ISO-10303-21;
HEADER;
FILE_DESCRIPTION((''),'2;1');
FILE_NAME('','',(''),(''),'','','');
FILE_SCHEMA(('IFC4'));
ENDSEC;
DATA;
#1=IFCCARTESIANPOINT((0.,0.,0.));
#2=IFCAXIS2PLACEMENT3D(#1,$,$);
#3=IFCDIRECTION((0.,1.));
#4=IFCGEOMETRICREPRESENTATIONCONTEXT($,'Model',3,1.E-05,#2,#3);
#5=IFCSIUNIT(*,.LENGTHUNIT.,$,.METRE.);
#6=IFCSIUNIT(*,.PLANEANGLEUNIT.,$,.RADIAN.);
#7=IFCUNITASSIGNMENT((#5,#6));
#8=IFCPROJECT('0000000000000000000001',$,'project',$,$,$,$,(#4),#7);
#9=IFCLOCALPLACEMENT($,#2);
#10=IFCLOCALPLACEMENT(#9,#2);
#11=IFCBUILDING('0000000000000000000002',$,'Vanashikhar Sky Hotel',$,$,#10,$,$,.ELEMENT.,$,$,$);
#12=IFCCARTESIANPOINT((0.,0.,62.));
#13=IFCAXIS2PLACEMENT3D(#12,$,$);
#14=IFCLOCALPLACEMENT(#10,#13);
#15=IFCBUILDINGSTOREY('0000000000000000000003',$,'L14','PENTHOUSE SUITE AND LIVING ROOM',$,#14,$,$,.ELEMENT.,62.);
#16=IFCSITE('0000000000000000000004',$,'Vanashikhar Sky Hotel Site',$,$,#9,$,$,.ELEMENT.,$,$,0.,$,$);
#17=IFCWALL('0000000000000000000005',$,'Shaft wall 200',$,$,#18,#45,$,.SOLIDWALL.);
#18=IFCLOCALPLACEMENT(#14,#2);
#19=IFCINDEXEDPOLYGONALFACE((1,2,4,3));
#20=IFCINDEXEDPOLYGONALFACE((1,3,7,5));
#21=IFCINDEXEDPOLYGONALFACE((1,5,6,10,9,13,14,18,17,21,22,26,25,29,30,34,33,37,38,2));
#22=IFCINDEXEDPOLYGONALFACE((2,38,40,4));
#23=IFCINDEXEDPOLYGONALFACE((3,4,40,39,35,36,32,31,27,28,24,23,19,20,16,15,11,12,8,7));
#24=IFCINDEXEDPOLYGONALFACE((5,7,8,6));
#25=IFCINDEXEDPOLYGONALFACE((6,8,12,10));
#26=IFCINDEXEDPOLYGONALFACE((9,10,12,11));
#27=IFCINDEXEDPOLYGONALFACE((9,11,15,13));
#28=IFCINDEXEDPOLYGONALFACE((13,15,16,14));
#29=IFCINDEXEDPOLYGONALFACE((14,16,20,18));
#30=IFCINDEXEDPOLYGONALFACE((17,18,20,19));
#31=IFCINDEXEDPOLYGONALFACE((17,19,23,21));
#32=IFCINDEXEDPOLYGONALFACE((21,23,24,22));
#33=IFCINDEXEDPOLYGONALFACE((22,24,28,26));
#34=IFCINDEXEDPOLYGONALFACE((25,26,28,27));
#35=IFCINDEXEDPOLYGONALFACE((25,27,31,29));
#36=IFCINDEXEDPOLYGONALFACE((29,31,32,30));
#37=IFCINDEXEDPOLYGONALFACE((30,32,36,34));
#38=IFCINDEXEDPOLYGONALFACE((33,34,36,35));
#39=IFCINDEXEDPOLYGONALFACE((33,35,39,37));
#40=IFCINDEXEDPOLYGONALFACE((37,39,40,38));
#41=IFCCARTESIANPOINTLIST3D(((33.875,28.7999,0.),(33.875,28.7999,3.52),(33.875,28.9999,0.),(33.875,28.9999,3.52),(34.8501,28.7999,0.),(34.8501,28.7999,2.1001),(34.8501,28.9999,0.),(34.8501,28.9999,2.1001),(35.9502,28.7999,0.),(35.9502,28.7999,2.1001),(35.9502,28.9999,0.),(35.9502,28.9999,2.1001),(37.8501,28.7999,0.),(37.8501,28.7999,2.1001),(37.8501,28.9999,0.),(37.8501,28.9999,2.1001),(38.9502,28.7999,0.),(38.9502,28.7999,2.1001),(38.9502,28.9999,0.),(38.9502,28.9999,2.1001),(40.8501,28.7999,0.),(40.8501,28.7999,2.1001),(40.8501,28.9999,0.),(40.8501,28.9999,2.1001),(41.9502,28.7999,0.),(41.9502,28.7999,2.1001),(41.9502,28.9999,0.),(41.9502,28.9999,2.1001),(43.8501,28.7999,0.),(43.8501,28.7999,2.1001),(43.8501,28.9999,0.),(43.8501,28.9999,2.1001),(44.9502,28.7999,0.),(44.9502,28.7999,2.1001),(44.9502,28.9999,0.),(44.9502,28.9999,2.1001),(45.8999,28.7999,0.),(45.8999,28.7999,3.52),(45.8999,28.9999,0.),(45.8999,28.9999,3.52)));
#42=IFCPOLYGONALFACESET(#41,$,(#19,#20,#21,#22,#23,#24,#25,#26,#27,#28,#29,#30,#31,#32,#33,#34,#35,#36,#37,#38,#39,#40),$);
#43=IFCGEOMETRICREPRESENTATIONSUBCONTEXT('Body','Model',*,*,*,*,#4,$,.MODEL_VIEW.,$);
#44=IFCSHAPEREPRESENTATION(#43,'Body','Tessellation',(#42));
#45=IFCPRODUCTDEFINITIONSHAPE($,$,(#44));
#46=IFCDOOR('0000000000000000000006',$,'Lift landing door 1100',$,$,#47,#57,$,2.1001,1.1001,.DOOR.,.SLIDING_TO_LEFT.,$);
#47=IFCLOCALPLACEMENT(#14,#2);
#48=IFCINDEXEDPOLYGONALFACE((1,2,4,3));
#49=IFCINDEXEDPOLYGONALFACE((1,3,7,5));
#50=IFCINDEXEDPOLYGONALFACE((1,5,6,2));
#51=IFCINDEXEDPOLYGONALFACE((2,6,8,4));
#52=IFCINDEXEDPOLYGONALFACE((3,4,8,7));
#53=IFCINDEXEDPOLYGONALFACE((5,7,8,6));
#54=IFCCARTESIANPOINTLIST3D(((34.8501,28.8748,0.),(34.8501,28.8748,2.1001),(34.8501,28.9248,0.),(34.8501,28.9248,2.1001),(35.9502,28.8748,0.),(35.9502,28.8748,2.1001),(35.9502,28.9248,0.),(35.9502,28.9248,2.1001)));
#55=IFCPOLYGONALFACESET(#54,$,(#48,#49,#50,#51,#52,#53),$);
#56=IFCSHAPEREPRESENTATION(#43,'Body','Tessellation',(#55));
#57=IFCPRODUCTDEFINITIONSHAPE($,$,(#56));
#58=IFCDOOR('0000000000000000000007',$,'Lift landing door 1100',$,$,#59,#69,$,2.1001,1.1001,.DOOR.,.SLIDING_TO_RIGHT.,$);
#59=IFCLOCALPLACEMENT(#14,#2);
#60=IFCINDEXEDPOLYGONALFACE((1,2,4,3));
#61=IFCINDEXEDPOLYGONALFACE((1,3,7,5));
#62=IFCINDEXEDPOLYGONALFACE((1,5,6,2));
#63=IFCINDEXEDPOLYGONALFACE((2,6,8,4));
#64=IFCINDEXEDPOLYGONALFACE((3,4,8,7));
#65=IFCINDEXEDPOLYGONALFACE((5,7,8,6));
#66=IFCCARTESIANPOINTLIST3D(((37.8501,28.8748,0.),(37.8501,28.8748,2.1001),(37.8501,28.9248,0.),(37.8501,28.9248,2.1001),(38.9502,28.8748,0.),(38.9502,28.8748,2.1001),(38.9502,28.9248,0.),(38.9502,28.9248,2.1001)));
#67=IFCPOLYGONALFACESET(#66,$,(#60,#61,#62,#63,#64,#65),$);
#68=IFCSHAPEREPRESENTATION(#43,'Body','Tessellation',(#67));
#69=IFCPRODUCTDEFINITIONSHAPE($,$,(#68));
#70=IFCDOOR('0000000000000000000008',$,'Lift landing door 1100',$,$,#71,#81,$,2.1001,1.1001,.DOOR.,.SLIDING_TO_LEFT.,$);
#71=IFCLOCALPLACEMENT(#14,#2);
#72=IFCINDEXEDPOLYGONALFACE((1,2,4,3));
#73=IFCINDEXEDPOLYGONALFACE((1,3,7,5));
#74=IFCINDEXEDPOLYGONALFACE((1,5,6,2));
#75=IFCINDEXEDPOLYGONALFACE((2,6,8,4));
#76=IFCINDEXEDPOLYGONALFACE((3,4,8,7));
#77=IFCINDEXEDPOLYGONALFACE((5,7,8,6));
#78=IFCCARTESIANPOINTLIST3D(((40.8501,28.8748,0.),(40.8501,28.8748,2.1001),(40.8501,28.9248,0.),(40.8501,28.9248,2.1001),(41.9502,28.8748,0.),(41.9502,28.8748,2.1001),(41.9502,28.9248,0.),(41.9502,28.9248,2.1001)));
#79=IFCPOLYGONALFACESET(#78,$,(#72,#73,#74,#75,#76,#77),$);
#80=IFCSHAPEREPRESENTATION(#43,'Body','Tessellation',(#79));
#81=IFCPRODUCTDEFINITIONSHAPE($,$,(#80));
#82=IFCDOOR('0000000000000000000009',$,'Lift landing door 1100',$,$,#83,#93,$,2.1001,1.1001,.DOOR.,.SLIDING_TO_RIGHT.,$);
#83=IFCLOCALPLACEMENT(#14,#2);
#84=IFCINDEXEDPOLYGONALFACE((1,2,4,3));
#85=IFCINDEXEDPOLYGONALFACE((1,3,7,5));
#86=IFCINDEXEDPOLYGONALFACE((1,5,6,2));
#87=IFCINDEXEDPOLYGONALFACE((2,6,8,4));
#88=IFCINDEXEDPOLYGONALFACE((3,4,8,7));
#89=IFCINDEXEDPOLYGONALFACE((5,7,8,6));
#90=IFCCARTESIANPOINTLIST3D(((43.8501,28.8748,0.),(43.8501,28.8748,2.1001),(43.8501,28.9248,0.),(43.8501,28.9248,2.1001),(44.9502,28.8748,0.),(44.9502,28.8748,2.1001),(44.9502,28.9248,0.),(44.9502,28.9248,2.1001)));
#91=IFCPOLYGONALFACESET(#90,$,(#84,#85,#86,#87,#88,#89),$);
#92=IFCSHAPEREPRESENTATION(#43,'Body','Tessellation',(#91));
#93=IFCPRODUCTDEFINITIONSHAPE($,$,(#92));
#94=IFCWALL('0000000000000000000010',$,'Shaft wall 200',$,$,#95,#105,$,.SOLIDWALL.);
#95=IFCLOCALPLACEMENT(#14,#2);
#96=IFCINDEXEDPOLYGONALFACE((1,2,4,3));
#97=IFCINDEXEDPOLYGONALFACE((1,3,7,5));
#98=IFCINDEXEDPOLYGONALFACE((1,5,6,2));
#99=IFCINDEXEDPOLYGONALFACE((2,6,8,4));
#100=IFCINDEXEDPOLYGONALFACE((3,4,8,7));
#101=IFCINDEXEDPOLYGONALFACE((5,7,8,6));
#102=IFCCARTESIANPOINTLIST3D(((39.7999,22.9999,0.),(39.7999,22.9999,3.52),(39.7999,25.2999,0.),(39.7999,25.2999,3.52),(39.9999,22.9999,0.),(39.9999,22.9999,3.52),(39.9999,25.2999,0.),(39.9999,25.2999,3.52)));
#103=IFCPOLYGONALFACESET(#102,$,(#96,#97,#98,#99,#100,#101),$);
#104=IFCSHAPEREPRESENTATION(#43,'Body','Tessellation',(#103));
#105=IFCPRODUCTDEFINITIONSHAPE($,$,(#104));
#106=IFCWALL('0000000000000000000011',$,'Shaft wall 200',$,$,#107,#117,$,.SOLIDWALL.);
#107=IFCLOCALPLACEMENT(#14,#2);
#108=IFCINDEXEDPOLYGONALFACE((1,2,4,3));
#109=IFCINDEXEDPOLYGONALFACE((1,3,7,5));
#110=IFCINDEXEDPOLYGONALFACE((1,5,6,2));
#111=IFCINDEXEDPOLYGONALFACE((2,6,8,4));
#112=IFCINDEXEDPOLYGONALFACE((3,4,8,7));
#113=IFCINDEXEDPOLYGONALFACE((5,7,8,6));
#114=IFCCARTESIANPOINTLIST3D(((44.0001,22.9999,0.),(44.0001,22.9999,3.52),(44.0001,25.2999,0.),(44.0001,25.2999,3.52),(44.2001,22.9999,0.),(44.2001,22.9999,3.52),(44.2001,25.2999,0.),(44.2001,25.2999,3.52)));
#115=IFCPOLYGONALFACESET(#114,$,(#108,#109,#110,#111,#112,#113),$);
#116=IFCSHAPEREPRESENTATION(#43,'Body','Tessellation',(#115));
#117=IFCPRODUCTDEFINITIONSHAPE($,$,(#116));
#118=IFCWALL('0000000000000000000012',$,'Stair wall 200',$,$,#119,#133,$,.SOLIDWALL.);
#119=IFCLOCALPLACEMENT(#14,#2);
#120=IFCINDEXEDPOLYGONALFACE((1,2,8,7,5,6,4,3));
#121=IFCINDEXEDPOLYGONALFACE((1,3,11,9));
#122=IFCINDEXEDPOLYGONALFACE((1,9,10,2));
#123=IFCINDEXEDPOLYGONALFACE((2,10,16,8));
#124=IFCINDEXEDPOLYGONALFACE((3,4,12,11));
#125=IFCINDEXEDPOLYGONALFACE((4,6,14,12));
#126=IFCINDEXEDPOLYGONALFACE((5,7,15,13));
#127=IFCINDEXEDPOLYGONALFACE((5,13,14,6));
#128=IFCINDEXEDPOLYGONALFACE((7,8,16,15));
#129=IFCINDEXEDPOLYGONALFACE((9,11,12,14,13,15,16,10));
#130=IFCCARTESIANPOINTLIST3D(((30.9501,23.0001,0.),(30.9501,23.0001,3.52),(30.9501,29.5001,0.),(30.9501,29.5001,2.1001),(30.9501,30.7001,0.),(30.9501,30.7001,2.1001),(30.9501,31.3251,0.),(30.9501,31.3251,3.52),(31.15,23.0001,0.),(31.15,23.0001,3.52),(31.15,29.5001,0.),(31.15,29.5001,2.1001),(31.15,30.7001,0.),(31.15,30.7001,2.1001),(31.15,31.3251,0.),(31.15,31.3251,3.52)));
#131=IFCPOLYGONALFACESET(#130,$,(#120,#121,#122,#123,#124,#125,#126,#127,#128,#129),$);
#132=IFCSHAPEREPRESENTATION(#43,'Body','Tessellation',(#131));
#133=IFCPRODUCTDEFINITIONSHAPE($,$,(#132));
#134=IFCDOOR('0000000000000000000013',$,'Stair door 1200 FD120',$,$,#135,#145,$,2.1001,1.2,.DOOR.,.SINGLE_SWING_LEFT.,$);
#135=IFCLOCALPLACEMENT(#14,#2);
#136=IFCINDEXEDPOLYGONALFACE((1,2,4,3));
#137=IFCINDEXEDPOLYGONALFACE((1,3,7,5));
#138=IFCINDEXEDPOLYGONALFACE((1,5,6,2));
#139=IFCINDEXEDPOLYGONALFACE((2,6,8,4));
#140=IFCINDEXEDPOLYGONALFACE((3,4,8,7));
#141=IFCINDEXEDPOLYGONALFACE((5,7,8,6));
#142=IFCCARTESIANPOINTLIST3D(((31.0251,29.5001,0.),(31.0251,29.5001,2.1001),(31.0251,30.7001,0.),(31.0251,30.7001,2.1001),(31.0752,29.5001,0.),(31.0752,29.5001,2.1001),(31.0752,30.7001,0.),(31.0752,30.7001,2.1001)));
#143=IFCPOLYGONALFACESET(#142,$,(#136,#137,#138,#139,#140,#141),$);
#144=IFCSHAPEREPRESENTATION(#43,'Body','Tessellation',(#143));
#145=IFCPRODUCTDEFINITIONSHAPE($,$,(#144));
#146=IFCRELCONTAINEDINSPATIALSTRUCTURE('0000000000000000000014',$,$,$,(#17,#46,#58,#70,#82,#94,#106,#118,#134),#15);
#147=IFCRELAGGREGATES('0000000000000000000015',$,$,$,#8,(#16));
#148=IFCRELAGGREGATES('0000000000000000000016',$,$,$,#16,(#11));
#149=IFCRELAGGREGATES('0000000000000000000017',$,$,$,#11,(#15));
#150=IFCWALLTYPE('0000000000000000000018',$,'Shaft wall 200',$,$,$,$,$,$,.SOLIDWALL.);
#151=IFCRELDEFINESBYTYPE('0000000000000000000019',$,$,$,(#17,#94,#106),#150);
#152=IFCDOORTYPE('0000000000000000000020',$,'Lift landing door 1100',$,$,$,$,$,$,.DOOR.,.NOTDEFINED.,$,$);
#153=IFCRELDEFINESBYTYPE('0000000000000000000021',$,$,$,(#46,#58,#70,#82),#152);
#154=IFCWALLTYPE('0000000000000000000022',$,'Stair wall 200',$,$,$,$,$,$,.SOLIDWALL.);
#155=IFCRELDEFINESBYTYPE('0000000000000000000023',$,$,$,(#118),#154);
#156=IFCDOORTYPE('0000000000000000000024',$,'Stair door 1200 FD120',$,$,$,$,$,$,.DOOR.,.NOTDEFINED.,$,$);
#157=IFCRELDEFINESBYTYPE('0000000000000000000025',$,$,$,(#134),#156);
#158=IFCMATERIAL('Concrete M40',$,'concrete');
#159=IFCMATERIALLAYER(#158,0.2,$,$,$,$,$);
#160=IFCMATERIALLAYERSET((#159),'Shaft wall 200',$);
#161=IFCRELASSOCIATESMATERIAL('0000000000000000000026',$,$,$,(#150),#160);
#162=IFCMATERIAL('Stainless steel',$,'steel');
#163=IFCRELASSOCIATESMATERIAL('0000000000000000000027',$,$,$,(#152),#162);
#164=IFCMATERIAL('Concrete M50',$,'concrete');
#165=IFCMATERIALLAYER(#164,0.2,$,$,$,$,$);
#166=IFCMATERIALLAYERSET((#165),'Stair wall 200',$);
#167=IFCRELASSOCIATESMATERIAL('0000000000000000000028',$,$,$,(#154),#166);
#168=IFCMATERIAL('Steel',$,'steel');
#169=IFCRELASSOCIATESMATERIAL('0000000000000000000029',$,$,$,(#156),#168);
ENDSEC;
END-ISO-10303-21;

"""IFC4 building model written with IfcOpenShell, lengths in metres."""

from ifc_helpers import new_model, si_unit, direction, frame, frame_2d, origin, place, context, subcontext, project, spatial, rectangle, extrude, source, transform, mapped, material, layer, layer_set, type_object, element, fill, save


model = new_model("IFC4")

# Units and contexts
model_context = context("Model", 3, precision=1e-05, world=origin(), true_north=direction((0.0, 1.0)))
body_context = subcontext(model_context, "Body", "Model", "MODEL_VIEW")
ifc_project = project(units=[si_unit("LENGTHUNIT", "METRE"), si_unit("PLANEANGLEUNIT", "RADIAN")], contexts=[model_context])

# Site, building, storey
site_placement = place(None, origin())
site = spatial("IfcSite", under=ifc_project, at=site_placement, Name="Vanashikhar Sky Hotel Site", CompositionType="ELEMENT", RefElevation=0.0)
building_placement = place(site_placement, origin())
building = spatial("IfcBuilding", under=site, at=building_placement, Name="Vanashikhar Sky Hotel", CompositionType="ELEMENT")
storey_placement = place(building_placement, frame((0.0, 0.0, 62.0)))
storey = spatial("IfcBuildingStorey", under=building, at=storey_placement, Name="L14", Description="PENTHOUSE SUITE AND LIVING ROOM", CompositionType="ELEMENT", Elevation=62.0)

# Shared definitions
ifc_material_1 = material(Name="Steel", Category="steel")
shared_shape_1 = source(origin(), body_context, "Body", "SweptSolid", [
    extrude(rectangle(XDim=1.1001, YDim=2.1001, at=frame_2d((0.55, 1.05))), frame((0.0, 0.0249, 0.0), z_axis=(0.0, -1.0, 0.0), x_axis=(1.0, 0.0, 0.0)), (0.0, 0.0, 1.0), 0.05),
])

# Wall, openings, doors
ifc_material_2 = material(Name="Concrete M40", Category="concrete")
ifc_layer_1 = layer(ifc_material_2, 0.2)
ifc_layer_set_1 = layer_set([ifc_layer_1], Name="Shaft wall 200")
wall_type_1 = type_object("IfcWallType", Name="Shaft wall 200", PredefinedType="SOLIDWALL", material=ifc_layer_set_1)
shared_shape_2 = source(origin(), body_context, "Body", "SweptSolid", [
    extrude(rectangle(XDim=1.1001, YDim=2.1001, at=frame_2d((0.55, 1.05))), frame((0.0, 0.1099, 0.0), z_axis=(0.0, -1.0, 0.0), x_axis=(1.0, 0.0, 0.0)), (0.0, 0.0, 1.0), 0.22),
])
ifc_material_3 = material(Name="Stainless steel", Category="steel")
door_type_1 = type_object("IfcDoorType", Name="Lift landing door 1100", OperationType="NOTDEFINED", PredefinedType="DOOR", material=ifc_material_3)
shared_shape_3 = source(origin(), body_context, "Body", "SweptSolid", [
    extrude(rectangle(XDim=12.0249, YDim=0.2, at=frame_2d((6.0125, 0.0))), origin(), (0.0, 0.0, 1.0), 3.52),
])
wall_1_placement = place(storey_placement, frame((33.875, 28.8999, 0.0), z_axis=(0.0, 0.0, 1.0), x_axis=(1.0, 0.0, 0.0)))
wall_1 = element("IfcWall", 1, at=wall_1_placement, inside=storey, type_object=wall_type_1, Name="Shaft wall 200", PredefinedType="SOLIDWALL", context=body_context, shape_type="MappedRepresentation", body=[
    mapped(shared_shape_3, transform((0.0, 0.0, 0.0), scale=1.0)),
])
opening_1_placement = place(wall_1_placement, frame((0.9751, 0.0, 0.0)))
opening_1 = element("IfcOpeningElement", 2, at=opening_1_placement, cuts=wall_1, PredefinedType="OPENING", context=body_context, shape_type="MappedRepresentation", body=[
    mapped(shared_shape_2, transform((0.0, 0.0, 0.0), scale=1.0)),
])
opening_2_placement = place(wall_1_placement, frame((3.9751, 0.0, 0.0)))
opening_2 = element("IfcOpeningElement", 3, at=opening_2_placement, cuts=wall_1, PredefinedType="OPENING", context=body_context, shape_type="MappedRepresentation", body=[
    mapped(shared_shape_2, transform((0.0, 0.0, 0.0), scale=1.0)),
])
opening_3_placement = place(wall_1_placement, frame((6.9751, 0.0, 0.0)))
opening_3 = element("IfcOpeningElement", 4, at=opening_3_placement, cuts=wall_1, PredefinedType="OPENING", context=body_context, shape_type="MappedRepresentation", body=[
    mapped(shared_shape_2, transform((0.0, 0.0, 0.0), scale=1.0)),
])
opening_4_placement = place(wall_1_placement, frame((9.9751, 0.0, 0.0)))
opening_4 = element("IfcOpeningElement", 5, at=opening_4_placement, cuts=wall_1, PredefinedType="OPENING", context=body_context, shape_type="MappedRepresentation", body=[
    mapped(shared_shape_2, transform((0.0, 0.0, 0.0), scale=1.0)),
])
door_1_placement = place(opening_1_placement, origin())
door_1 = element("IfcDoor", 6, at=door_1_placement, inside=storey, type_object=door_type_1, Name="Lift landing door 1100", OperationType="SLIDING_TO_LEFT", OverallHeight=2.1001, OverallWidth=1.1001, PredefinedType="DOOR", context=body_context, shape_type="MappedRepresentation", body=[
    mapped(shared_shape_1, transform((0.0, 0.0, 0.0), scale=1.0)),
])
fill(opening_1, door_1)
door_2_placement = place(opening_2_placement, origin())
door_2 = element("IfcDoor", 7, at=door_2_placement, inside=storey, type_object=door_type_1, Name="Lift landing door 1100", OperationType="SLIDING_TO_RIGHT", OverallHeight=2.1001, OverallWidth=1.1001, PredefinedType="DOOR", context=body_context, shape_type="MappedRepresentation", body=[
    mapped(shared_shape_1, transform((0.0, 0.0, 0.0), scale=1.0)),
])
fill(opening_2, door_2)
door_3_placement = place(opening_3_placement, origin())
door_3 = element("IfcDoor", 8, at=door_3_placement, inside=storey, type_object=door_type_1, Name="Lift landing door 1100", OperationType="SLIDING_TO_LEFT", OverallHeight=2.1001, OverallWidth=1.1001, PredefinedType="DOOR", context=body_context, shape_type="MappedRepresentation", body=[
    mapped(shared_shape_1, transform((0.0, 0.0, 0.0), scale=1.0)),
])
fill(opening_3, door_3)
door_4_placement = place(opening_4_placement, origin())
door_4 = element("IfcDoor", 9, at=door_4_placement, inside=storey, type_object=door_type_1, Name="Lift landing door 1100", OperationType="SLIDING_TO_RIGHT", OverallHeight=2.1001, OverallWidth=1.1001, PredefinedType="DOOR", context=body_context, shape_type="MappedRepresentation", body=[
    mapped(shared_shape_1, transform((0.0, 0.0, 0.0), scale=1.0)),
])
fill(opening_4, door_4)

# Walls
shared_shape_4 = source(origin(), body_context, "Body", "SweptSolid", [
    extrude(rectangle(XDim=2.3, YDim=0.2, at=frame_2d((1.1499, 0.0))), origin(), (0.0, 0.0, 1.0), 3.52),
])
for number, where, z_axis, x_axis, name in (
    (10, (39.8999, 23.0, 0.0), (0.0, 0.0, 1.0), (0.0, 1.0, 0.0), "Shaft wall 200"),
    (11, (44.1001, 23.0, 0.0), (0.0, 0.0, 1.0), (0.0, 1.0, 0.0), "Shaft wall 200"),
):
    element("IfcWall", number, at=place(storey_placement, frame(where, z_axis=z_axis, x_axis=x_axis)), inside=storey, type_object=wall_type_1, Name=name, PredefinedType="SOLIDWALL", context=body_context, shape_type="MappedRepresentation", body=[
        mapped(shared_shape_4, transform((0.0, 0.0, 0.0), scale=1.0)),
    ])

# Wall, opening, door
ifc_material_4 = material(Name="Concrete M50", Category="concrete")
ifc_layer_2 = layer(ifc_material_4, 0.2)
ifc_layer_set_2 = layer_set([ifc_layer_2], Name="Stair wall 200")
wall_type_2 = type_object("IfcWallType", Name="Stair wall 200", PredefinedType="SOLIDWALL", material=ifc_layer_set_2)
shared_shape_5 = source(origin(), body_context, "Body", "SweptSolid", [
    extrude(rectangle(XDim=8.325, YDim=0.2, at=frame_2d((4.1626, 0.0))), origin(), (0.0, 0.0, 1.0), 3.52),
])
wall_2_placement = place(storey_placement, frame((31.05, 23.0, 0.0), z_axis=(0.0, 0.0, 1.0), x_axis=(0.0, 1.0, 0.0)))
wall_2 = element("IfcWall", 12, at=wall_2_placement, inside=storey, type_object=wall_type_2, Name="Stair wall 200", PredefinedType="SOLIDWALL", context=body_context, shape_type="MappedRepresentation", body=[
    mapped(shared_shape_5, transform((0.0, 0.0, 0.0), scale=1.0)),
])
shared_shape_6 = source(origin(), body_context, "Body", "SweptSolid", [
    extrude(rectangle(XDim=1.2, YDim=2.1001, at=frame_2d((0.6001, 1.05))), frame((0.0, 0.1099, 0.0), z_axis=(0.0, -1.0, 0.0), x_axis=(1.0, 0.0, 0.0)), (0.0, 0.0, 1.0), 0.22),
])
opening_5_placement = place(wall_2_placement, frame((6.5, 0.0, 0.0)))
opening_5 = element("IfcOpeningElement", 13, at=opening_5_placement, cuts=wall_2, PredefinedType="OPENING", context=body_context, shape_type="MappedRepresentation", body=[
    mapped(shared_shape_6, transform((0.0, 0.0, 0.0), scale=1.0)),
])
door_type_2 = type_object("IfcDoorType", Name="Stair door 1200 FD120", OperationType="NOTDEFINED", PredefinedType="DOOR", material=ifc_material_1)
shared_shape_7 = source(origin(), body_context, "Body", "SweptSolid", [
    extrude(rectangle(XDim=1.2, YDim=2.1001, at=frame_2d((0.6001, 1.05))), frame((0.0, 0.0249, 0.0), z_axis=(0.0, -1.0, 0.0), x_axis=(1.0, 0.0, 0.0)), (0.0, 0.0, 1.0), 0.05),
])
door_5_placement = place(opening_5_placement, origin())
door_5 = element("IfcDoor", 14, at=door_5_placement, inside=storey, type_object=door_type_2, Name="Stair door 1200 FD120", OperationType="SINGLE_SWING_LEFT", OverallHeight=2.1001, OverallWidth=1.2, PredefinedType="DOOR", context=body_context, shape_type="MappedRepresentation", body=[
    mapped(shared_shape_7, transform((0.0, 0.0, 0.0), scale=1.0)),
])
fill(opening_5, door_5)

save(model, "model.ifc")
